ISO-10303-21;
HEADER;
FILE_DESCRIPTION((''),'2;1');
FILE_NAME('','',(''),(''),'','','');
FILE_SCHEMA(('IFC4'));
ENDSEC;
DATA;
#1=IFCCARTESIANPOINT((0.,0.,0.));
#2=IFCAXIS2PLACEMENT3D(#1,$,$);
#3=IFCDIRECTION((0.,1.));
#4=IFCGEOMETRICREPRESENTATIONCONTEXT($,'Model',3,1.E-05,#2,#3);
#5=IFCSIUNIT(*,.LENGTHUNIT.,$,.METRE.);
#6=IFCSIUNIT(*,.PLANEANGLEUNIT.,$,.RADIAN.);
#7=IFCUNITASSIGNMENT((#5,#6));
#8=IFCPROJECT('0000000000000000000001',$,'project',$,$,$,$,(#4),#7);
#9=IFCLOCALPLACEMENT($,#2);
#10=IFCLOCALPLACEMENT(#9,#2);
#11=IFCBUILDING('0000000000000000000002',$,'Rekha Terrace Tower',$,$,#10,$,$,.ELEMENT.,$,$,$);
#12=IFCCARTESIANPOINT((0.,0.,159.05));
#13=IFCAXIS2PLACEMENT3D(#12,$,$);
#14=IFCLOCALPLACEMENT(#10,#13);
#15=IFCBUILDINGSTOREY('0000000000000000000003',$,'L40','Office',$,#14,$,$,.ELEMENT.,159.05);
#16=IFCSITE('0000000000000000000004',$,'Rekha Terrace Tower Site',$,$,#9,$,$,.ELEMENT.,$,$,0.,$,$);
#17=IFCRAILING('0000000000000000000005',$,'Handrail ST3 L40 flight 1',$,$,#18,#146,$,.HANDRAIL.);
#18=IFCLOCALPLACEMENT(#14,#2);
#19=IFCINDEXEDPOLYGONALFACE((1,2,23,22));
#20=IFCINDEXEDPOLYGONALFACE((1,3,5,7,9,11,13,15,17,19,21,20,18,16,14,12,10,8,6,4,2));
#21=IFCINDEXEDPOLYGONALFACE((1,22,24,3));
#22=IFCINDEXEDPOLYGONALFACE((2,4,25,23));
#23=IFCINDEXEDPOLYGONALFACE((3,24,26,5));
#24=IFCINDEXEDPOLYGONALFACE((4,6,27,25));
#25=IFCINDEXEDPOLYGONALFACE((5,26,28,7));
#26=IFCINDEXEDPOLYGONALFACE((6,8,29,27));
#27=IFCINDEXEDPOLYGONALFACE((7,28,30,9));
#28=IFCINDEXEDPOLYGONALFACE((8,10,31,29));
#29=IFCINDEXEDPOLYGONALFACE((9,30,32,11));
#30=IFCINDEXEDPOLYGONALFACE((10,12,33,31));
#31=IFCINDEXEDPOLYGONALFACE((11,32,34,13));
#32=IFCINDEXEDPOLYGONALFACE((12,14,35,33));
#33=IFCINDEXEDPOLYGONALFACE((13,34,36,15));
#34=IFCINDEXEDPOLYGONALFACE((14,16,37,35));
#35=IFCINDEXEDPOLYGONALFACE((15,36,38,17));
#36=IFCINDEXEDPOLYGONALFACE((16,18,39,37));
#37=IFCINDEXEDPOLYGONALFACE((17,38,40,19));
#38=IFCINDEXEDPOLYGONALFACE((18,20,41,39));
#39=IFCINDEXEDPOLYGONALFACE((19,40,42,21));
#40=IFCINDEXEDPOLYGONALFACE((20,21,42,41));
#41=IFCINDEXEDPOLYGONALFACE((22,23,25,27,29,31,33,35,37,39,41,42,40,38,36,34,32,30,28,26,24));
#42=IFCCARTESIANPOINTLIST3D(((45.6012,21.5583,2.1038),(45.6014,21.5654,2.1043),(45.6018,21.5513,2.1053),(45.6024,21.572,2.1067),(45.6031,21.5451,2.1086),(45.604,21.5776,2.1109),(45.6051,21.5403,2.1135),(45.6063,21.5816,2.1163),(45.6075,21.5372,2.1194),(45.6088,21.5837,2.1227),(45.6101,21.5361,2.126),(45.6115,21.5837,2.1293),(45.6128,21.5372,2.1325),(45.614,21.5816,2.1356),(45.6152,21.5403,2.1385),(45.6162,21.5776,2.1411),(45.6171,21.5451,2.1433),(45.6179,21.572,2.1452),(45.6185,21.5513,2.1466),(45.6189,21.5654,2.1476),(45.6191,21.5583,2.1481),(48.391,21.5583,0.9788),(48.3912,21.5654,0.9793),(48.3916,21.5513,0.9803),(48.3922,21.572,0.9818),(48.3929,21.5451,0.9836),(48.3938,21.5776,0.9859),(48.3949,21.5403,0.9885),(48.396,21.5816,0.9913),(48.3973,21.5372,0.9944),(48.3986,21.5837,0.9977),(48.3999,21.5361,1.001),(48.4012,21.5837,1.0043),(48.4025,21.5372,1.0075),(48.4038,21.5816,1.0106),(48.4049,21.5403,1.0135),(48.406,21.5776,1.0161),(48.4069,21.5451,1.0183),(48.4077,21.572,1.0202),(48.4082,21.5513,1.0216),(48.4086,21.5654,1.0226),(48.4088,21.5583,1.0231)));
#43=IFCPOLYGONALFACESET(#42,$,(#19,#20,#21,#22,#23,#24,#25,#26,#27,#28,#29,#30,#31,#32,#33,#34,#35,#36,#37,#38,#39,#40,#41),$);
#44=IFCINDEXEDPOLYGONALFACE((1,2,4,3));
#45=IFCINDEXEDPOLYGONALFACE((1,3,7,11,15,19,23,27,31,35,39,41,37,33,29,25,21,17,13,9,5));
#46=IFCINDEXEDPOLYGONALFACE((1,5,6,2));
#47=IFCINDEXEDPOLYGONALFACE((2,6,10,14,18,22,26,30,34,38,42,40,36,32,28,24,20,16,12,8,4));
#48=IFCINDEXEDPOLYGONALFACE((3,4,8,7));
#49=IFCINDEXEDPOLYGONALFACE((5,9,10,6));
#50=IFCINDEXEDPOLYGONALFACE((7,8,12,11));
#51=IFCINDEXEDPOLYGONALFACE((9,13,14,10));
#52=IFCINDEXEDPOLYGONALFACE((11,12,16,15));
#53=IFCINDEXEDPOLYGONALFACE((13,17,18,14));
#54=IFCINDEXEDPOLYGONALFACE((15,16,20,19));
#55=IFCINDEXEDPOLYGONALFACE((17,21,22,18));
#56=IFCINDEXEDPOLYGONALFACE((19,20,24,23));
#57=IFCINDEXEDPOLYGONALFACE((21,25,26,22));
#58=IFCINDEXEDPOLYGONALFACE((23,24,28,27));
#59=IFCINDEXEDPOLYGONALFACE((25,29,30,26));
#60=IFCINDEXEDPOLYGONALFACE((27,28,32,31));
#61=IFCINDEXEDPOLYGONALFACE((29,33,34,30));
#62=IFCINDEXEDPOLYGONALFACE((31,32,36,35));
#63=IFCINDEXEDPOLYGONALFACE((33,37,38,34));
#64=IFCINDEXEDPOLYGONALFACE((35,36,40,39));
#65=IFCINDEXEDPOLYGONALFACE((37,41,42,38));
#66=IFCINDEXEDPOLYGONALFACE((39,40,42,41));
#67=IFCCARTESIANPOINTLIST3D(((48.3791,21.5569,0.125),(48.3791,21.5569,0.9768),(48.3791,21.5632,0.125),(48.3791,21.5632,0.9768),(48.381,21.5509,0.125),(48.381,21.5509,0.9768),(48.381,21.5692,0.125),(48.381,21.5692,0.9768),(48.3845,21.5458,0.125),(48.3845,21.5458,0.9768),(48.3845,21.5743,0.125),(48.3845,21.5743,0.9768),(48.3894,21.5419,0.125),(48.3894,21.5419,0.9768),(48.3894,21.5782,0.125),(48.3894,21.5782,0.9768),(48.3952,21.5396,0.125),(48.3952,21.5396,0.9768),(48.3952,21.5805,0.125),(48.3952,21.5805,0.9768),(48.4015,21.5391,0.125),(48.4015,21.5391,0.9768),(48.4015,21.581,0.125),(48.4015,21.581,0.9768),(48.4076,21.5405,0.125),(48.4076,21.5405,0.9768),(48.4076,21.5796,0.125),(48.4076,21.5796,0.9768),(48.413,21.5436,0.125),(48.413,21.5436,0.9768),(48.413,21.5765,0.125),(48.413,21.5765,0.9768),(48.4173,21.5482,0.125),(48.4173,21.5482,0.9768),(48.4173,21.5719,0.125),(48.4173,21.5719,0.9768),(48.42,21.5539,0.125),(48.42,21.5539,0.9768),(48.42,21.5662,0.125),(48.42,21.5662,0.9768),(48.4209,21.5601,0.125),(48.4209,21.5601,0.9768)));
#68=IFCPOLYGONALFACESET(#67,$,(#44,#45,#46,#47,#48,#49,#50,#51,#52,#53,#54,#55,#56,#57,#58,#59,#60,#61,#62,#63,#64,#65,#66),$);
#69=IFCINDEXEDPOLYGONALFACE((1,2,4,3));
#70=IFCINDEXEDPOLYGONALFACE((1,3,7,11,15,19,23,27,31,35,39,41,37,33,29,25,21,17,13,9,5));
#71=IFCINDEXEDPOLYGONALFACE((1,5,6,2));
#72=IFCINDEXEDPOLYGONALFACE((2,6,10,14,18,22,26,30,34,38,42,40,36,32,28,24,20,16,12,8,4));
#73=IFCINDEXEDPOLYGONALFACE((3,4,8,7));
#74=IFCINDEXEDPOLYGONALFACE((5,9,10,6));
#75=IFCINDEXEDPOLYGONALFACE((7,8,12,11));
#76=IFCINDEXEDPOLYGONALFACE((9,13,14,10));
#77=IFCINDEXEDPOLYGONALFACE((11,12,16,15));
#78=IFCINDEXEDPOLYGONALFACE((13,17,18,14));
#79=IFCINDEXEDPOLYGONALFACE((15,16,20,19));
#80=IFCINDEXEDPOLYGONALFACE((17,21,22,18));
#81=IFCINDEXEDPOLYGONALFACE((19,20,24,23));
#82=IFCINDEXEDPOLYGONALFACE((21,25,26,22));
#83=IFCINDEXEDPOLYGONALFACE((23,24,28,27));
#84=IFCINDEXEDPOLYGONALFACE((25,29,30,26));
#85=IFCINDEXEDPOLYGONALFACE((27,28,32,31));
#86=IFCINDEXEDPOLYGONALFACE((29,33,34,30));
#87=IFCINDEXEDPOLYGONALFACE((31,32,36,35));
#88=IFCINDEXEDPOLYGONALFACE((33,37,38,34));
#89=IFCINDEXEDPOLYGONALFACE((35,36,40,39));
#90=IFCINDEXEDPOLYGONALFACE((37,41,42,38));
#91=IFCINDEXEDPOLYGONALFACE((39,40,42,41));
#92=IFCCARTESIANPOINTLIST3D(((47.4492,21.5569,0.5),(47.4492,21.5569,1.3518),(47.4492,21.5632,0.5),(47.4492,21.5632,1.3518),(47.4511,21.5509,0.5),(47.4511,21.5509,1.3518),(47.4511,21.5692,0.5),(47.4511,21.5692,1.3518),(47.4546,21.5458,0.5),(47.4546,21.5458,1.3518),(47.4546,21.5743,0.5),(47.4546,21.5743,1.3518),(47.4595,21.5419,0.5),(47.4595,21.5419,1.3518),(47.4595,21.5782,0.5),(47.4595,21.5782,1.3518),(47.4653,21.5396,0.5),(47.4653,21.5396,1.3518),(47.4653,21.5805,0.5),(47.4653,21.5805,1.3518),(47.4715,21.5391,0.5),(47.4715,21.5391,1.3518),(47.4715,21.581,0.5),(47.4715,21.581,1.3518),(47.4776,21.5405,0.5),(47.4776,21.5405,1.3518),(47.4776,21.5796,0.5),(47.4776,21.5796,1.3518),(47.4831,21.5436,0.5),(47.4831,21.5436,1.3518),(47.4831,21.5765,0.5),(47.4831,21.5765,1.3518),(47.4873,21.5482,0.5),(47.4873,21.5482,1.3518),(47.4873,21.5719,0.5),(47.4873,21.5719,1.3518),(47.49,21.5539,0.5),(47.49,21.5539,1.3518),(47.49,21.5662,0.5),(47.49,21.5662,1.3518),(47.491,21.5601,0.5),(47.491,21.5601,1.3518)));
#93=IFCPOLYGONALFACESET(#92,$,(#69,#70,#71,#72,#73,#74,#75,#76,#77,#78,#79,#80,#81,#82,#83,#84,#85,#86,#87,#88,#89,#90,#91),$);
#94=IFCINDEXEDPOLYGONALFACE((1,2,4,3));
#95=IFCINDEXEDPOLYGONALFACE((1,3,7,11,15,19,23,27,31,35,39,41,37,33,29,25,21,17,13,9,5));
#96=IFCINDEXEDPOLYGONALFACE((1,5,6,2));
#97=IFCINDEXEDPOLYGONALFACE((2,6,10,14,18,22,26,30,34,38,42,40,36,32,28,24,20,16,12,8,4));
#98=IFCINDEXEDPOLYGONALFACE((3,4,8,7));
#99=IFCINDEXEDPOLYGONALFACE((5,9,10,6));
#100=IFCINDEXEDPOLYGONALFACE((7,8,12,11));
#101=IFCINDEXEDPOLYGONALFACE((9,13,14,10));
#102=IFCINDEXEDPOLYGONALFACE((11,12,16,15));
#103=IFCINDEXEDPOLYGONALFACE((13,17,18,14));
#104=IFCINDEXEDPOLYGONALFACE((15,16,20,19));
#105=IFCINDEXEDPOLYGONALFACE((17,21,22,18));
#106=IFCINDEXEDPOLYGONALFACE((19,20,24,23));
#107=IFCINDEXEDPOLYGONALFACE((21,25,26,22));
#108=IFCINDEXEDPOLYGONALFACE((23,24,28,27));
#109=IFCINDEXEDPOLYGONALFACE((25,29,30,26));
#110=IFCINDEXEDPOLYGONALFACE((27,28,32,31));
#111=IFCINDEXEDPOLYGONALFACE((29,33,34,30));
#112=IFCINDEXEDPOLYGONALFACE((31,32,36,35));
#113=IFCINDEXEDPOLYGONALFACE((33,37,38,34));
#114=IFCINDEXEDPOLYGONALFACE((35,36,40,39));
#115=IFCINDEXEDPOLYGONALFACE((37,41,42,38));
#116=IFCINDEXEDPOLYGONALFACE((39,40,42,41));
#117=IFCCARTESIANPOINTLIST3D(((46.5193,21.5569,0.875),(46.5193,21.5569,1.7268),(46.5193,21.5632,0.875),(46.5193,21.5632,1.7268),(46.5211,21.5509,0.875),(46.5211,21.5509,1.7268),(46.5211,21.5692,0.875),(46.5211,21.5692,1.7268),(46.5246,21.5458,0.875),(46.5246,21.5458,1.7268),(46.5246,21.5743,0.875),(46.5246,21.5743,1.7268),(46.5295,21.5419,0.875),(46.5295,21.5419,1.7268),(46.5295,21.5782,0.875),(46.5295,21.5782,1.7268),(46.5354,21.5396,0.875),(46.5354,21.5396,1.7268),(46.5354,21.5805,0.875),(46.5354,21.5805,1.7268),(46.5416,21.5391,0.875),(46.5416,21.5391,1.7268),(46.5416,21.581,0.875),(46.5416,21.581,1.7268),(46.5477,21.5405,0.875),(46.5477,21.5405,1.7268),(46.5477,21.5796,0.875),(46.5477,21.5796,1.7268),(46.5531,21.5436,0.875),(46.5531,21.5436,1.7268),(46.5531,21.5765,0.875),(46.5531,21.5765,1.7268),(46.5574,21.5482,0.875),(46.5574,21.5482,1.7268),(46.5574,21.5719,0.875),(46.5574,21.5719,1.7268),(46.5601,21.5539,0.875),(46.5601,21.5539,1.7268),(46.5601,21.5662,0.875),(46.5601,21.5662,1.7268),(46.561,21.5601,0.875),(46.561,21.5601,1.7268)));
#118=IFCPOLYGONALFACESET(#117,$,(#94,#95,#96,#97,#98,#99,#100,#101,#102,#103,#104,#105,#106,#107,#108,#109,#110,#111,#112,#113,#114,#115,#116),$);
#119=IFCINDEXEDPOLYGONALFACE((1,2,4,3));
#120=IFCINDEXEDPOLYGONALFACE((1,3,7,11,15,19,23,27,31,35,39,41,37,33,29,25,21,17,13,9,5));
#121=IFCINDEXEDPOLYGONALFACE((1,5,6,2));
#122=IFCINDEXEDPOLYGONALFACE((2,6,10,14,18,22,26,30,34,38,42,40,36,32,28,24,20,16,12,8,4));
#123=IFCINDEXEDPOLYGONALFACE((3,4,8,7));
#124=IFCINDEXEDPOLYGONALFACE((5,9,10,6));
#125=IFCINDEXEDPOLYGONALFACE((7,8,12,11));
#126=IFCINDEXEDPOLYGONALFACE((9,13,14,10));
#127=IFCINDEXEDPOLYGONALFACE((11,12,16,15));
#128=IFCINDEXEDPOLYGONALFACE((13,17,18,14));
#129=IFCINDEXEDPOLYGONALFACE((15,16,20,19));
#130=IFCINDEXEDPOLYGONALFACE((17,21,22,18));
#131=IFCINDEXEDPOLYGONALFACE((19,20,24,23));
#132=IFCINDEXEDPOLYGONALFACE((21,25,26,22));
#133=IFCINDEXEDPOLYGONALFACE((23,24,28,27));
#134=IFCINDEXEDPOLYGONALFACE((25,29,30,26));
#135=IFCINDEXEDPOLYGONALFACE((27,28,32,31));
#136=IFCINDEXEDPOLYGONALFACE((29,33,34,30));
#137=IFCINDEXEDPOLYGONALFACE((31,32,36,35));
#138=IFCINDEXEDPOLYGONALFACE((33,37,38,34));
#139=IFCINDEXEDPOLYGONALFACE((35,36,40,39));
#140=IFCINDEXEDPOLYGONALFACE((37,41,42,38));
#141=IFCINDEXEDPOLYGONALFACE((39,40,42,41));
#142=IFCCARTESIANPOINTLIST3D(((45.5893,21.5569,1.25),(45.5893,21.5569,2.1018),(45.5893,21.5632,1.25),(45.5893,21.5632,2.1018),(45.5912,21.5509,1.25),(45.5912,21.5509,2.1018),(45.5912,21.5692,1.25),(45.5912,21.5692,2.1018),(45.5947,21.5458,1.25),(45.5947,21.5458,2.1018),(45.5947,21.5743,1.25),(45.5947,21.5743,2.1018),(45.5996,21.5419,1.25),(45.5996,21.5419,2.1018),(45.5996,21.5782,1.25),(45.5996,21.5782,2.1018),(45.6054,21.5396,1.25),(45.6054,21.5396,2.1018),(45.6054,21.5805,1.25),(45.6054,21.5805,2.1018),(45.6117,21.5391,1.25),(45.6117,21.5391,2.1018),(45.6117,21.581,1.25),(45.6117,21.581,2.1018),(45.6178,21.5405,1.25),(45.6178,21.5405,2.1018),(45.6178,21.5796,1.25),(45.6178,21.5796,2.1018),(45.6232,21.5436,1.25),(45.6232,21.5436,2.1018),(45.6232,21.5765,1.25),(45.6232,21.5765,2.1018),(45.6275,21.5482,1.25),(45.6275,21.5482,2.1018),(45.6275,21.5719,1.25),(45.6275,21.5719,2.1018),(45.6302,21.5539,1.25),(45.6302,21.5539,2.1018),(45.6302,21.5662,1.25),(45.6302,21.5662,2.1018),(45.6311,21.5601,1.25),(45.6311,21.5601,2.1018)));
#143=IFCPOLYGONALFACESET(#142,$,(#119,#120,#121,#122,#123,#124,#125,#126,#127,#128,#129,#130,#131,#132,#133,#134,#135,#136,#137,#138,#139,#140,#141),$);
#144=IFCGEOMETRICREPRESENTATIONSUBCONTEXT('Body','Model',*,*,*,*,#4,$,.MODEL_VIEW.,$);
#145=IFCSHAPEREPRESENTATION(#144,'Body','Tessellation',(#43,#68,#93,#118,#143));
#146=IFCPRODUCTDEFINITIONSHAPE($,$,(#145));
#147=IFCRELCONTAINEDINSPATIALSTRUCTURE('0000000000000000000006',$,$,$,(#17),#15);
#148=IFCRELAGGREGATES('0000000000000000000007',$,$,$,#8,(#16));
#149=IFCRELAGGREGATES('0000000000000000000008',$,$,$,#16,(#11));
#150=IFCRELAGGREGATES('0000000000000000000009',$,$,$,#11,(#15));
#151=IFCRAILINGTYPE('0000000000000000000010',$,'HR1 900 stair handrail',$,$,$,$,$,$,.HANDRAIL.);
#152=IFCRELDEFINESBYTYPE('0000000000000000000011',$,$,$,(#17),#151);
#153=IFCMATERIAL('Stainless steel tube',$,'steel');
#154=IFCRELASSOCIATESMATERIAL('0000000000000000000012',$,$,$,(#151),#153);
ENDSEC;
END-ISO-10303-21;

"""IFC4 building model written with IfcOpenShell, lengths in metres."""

from ifc_helpers import new_model, si_unit, direction, frame, origin, origin_2d, place, context, subcontext, project, spatial, circle, extrude, material, type_object, element, save


model = new_model("IFC4")

# Units and contexts
model_context = context("Model", 3, precision=1e-05, world=origin(), true_north=direction((0.0, 1.0)))
body_context = subcontext(model_context, "Body", "Model", "MODEL_VIEW")
ifc_project = project(units=[si_unit("LENGTHUNIT", "METRE"), si_unit("PLANEANGLEUNIT", "RADIAN")], contexts=[model_context])

# Site, building, storey
site_placement = place(None, origin())
site = spatial("IfcSite", under=ifc_project, at=site_placement, Name="Rekha Terrace Tower Site", CompositionType="ELEMENT", RefElevation=0.0)
building_placement = place(site_placement, origin())
building = spatial("IfcBuilding", under=site, at=building_placement, Name="Rekha Terrace Tower", CompositionType="ELEMENT")
storey_placement = place(building_placement, frame((0.0, 0.0, 159.05)))
storey = spatial("IfcBuildingStorey", under=building, at=storey_placement, Name="L40", Description="Office", CompositionType="ELEMENT", Elevation=159.05)

# Railing
ifc_material_1 = material(Name="Stainless steel tube", Category="steel")
railing_type_1 = type_object("IfcRailingType", Name="HR1 900 stair handrail", PredefinedType="HANDRAIL", material=ifc_material_1)
railing_1_placement = place(storey_placement, frame((48.3999, 21.5601, 0.125)))
element("IfcRailing", 1, at=railing_1_placement, inside=storey, type_object=railing_type_1, Name="Handrail ST3 L40 flight 1", PredefinedType="HANDRAIL", context=body_context, shape_type="SweptSolid", body=[
    extrude(circle(Radius=0.0239, at=origin_2d()), frame((0.0, 0.0, 0.876), z_axis=(-0.927432, 0.0, 0.373992), x_axis=(0.0, -1.0, 0.0)), (0.0, 0.0, 1.0), 3.0081),
    extrude(circle(Radius=0.021, at=origin_2d()), origin(), (0.0, 0.0, 1.0), 0.8518),
    extrude(circle(Radius=0.021, at=origin_2d()), frame((-0.9299, 0.0, 0.375)), (0.0, 0.0, 1.0), 0.8518),
    extrude(circle(Radius=0.021, at=origin_2d()), frame((-1.8599, 0.0, 0.75)), (0.0, 0.0, 1.0), 0.8518),
    extrude(circle(Radius=0.021, at=origin_2d()), frame((-2.7898, 0.0, 1.125)), (0.0, 0.0, 1.0), 0.8518),
])

save(model, "model.ifc")
